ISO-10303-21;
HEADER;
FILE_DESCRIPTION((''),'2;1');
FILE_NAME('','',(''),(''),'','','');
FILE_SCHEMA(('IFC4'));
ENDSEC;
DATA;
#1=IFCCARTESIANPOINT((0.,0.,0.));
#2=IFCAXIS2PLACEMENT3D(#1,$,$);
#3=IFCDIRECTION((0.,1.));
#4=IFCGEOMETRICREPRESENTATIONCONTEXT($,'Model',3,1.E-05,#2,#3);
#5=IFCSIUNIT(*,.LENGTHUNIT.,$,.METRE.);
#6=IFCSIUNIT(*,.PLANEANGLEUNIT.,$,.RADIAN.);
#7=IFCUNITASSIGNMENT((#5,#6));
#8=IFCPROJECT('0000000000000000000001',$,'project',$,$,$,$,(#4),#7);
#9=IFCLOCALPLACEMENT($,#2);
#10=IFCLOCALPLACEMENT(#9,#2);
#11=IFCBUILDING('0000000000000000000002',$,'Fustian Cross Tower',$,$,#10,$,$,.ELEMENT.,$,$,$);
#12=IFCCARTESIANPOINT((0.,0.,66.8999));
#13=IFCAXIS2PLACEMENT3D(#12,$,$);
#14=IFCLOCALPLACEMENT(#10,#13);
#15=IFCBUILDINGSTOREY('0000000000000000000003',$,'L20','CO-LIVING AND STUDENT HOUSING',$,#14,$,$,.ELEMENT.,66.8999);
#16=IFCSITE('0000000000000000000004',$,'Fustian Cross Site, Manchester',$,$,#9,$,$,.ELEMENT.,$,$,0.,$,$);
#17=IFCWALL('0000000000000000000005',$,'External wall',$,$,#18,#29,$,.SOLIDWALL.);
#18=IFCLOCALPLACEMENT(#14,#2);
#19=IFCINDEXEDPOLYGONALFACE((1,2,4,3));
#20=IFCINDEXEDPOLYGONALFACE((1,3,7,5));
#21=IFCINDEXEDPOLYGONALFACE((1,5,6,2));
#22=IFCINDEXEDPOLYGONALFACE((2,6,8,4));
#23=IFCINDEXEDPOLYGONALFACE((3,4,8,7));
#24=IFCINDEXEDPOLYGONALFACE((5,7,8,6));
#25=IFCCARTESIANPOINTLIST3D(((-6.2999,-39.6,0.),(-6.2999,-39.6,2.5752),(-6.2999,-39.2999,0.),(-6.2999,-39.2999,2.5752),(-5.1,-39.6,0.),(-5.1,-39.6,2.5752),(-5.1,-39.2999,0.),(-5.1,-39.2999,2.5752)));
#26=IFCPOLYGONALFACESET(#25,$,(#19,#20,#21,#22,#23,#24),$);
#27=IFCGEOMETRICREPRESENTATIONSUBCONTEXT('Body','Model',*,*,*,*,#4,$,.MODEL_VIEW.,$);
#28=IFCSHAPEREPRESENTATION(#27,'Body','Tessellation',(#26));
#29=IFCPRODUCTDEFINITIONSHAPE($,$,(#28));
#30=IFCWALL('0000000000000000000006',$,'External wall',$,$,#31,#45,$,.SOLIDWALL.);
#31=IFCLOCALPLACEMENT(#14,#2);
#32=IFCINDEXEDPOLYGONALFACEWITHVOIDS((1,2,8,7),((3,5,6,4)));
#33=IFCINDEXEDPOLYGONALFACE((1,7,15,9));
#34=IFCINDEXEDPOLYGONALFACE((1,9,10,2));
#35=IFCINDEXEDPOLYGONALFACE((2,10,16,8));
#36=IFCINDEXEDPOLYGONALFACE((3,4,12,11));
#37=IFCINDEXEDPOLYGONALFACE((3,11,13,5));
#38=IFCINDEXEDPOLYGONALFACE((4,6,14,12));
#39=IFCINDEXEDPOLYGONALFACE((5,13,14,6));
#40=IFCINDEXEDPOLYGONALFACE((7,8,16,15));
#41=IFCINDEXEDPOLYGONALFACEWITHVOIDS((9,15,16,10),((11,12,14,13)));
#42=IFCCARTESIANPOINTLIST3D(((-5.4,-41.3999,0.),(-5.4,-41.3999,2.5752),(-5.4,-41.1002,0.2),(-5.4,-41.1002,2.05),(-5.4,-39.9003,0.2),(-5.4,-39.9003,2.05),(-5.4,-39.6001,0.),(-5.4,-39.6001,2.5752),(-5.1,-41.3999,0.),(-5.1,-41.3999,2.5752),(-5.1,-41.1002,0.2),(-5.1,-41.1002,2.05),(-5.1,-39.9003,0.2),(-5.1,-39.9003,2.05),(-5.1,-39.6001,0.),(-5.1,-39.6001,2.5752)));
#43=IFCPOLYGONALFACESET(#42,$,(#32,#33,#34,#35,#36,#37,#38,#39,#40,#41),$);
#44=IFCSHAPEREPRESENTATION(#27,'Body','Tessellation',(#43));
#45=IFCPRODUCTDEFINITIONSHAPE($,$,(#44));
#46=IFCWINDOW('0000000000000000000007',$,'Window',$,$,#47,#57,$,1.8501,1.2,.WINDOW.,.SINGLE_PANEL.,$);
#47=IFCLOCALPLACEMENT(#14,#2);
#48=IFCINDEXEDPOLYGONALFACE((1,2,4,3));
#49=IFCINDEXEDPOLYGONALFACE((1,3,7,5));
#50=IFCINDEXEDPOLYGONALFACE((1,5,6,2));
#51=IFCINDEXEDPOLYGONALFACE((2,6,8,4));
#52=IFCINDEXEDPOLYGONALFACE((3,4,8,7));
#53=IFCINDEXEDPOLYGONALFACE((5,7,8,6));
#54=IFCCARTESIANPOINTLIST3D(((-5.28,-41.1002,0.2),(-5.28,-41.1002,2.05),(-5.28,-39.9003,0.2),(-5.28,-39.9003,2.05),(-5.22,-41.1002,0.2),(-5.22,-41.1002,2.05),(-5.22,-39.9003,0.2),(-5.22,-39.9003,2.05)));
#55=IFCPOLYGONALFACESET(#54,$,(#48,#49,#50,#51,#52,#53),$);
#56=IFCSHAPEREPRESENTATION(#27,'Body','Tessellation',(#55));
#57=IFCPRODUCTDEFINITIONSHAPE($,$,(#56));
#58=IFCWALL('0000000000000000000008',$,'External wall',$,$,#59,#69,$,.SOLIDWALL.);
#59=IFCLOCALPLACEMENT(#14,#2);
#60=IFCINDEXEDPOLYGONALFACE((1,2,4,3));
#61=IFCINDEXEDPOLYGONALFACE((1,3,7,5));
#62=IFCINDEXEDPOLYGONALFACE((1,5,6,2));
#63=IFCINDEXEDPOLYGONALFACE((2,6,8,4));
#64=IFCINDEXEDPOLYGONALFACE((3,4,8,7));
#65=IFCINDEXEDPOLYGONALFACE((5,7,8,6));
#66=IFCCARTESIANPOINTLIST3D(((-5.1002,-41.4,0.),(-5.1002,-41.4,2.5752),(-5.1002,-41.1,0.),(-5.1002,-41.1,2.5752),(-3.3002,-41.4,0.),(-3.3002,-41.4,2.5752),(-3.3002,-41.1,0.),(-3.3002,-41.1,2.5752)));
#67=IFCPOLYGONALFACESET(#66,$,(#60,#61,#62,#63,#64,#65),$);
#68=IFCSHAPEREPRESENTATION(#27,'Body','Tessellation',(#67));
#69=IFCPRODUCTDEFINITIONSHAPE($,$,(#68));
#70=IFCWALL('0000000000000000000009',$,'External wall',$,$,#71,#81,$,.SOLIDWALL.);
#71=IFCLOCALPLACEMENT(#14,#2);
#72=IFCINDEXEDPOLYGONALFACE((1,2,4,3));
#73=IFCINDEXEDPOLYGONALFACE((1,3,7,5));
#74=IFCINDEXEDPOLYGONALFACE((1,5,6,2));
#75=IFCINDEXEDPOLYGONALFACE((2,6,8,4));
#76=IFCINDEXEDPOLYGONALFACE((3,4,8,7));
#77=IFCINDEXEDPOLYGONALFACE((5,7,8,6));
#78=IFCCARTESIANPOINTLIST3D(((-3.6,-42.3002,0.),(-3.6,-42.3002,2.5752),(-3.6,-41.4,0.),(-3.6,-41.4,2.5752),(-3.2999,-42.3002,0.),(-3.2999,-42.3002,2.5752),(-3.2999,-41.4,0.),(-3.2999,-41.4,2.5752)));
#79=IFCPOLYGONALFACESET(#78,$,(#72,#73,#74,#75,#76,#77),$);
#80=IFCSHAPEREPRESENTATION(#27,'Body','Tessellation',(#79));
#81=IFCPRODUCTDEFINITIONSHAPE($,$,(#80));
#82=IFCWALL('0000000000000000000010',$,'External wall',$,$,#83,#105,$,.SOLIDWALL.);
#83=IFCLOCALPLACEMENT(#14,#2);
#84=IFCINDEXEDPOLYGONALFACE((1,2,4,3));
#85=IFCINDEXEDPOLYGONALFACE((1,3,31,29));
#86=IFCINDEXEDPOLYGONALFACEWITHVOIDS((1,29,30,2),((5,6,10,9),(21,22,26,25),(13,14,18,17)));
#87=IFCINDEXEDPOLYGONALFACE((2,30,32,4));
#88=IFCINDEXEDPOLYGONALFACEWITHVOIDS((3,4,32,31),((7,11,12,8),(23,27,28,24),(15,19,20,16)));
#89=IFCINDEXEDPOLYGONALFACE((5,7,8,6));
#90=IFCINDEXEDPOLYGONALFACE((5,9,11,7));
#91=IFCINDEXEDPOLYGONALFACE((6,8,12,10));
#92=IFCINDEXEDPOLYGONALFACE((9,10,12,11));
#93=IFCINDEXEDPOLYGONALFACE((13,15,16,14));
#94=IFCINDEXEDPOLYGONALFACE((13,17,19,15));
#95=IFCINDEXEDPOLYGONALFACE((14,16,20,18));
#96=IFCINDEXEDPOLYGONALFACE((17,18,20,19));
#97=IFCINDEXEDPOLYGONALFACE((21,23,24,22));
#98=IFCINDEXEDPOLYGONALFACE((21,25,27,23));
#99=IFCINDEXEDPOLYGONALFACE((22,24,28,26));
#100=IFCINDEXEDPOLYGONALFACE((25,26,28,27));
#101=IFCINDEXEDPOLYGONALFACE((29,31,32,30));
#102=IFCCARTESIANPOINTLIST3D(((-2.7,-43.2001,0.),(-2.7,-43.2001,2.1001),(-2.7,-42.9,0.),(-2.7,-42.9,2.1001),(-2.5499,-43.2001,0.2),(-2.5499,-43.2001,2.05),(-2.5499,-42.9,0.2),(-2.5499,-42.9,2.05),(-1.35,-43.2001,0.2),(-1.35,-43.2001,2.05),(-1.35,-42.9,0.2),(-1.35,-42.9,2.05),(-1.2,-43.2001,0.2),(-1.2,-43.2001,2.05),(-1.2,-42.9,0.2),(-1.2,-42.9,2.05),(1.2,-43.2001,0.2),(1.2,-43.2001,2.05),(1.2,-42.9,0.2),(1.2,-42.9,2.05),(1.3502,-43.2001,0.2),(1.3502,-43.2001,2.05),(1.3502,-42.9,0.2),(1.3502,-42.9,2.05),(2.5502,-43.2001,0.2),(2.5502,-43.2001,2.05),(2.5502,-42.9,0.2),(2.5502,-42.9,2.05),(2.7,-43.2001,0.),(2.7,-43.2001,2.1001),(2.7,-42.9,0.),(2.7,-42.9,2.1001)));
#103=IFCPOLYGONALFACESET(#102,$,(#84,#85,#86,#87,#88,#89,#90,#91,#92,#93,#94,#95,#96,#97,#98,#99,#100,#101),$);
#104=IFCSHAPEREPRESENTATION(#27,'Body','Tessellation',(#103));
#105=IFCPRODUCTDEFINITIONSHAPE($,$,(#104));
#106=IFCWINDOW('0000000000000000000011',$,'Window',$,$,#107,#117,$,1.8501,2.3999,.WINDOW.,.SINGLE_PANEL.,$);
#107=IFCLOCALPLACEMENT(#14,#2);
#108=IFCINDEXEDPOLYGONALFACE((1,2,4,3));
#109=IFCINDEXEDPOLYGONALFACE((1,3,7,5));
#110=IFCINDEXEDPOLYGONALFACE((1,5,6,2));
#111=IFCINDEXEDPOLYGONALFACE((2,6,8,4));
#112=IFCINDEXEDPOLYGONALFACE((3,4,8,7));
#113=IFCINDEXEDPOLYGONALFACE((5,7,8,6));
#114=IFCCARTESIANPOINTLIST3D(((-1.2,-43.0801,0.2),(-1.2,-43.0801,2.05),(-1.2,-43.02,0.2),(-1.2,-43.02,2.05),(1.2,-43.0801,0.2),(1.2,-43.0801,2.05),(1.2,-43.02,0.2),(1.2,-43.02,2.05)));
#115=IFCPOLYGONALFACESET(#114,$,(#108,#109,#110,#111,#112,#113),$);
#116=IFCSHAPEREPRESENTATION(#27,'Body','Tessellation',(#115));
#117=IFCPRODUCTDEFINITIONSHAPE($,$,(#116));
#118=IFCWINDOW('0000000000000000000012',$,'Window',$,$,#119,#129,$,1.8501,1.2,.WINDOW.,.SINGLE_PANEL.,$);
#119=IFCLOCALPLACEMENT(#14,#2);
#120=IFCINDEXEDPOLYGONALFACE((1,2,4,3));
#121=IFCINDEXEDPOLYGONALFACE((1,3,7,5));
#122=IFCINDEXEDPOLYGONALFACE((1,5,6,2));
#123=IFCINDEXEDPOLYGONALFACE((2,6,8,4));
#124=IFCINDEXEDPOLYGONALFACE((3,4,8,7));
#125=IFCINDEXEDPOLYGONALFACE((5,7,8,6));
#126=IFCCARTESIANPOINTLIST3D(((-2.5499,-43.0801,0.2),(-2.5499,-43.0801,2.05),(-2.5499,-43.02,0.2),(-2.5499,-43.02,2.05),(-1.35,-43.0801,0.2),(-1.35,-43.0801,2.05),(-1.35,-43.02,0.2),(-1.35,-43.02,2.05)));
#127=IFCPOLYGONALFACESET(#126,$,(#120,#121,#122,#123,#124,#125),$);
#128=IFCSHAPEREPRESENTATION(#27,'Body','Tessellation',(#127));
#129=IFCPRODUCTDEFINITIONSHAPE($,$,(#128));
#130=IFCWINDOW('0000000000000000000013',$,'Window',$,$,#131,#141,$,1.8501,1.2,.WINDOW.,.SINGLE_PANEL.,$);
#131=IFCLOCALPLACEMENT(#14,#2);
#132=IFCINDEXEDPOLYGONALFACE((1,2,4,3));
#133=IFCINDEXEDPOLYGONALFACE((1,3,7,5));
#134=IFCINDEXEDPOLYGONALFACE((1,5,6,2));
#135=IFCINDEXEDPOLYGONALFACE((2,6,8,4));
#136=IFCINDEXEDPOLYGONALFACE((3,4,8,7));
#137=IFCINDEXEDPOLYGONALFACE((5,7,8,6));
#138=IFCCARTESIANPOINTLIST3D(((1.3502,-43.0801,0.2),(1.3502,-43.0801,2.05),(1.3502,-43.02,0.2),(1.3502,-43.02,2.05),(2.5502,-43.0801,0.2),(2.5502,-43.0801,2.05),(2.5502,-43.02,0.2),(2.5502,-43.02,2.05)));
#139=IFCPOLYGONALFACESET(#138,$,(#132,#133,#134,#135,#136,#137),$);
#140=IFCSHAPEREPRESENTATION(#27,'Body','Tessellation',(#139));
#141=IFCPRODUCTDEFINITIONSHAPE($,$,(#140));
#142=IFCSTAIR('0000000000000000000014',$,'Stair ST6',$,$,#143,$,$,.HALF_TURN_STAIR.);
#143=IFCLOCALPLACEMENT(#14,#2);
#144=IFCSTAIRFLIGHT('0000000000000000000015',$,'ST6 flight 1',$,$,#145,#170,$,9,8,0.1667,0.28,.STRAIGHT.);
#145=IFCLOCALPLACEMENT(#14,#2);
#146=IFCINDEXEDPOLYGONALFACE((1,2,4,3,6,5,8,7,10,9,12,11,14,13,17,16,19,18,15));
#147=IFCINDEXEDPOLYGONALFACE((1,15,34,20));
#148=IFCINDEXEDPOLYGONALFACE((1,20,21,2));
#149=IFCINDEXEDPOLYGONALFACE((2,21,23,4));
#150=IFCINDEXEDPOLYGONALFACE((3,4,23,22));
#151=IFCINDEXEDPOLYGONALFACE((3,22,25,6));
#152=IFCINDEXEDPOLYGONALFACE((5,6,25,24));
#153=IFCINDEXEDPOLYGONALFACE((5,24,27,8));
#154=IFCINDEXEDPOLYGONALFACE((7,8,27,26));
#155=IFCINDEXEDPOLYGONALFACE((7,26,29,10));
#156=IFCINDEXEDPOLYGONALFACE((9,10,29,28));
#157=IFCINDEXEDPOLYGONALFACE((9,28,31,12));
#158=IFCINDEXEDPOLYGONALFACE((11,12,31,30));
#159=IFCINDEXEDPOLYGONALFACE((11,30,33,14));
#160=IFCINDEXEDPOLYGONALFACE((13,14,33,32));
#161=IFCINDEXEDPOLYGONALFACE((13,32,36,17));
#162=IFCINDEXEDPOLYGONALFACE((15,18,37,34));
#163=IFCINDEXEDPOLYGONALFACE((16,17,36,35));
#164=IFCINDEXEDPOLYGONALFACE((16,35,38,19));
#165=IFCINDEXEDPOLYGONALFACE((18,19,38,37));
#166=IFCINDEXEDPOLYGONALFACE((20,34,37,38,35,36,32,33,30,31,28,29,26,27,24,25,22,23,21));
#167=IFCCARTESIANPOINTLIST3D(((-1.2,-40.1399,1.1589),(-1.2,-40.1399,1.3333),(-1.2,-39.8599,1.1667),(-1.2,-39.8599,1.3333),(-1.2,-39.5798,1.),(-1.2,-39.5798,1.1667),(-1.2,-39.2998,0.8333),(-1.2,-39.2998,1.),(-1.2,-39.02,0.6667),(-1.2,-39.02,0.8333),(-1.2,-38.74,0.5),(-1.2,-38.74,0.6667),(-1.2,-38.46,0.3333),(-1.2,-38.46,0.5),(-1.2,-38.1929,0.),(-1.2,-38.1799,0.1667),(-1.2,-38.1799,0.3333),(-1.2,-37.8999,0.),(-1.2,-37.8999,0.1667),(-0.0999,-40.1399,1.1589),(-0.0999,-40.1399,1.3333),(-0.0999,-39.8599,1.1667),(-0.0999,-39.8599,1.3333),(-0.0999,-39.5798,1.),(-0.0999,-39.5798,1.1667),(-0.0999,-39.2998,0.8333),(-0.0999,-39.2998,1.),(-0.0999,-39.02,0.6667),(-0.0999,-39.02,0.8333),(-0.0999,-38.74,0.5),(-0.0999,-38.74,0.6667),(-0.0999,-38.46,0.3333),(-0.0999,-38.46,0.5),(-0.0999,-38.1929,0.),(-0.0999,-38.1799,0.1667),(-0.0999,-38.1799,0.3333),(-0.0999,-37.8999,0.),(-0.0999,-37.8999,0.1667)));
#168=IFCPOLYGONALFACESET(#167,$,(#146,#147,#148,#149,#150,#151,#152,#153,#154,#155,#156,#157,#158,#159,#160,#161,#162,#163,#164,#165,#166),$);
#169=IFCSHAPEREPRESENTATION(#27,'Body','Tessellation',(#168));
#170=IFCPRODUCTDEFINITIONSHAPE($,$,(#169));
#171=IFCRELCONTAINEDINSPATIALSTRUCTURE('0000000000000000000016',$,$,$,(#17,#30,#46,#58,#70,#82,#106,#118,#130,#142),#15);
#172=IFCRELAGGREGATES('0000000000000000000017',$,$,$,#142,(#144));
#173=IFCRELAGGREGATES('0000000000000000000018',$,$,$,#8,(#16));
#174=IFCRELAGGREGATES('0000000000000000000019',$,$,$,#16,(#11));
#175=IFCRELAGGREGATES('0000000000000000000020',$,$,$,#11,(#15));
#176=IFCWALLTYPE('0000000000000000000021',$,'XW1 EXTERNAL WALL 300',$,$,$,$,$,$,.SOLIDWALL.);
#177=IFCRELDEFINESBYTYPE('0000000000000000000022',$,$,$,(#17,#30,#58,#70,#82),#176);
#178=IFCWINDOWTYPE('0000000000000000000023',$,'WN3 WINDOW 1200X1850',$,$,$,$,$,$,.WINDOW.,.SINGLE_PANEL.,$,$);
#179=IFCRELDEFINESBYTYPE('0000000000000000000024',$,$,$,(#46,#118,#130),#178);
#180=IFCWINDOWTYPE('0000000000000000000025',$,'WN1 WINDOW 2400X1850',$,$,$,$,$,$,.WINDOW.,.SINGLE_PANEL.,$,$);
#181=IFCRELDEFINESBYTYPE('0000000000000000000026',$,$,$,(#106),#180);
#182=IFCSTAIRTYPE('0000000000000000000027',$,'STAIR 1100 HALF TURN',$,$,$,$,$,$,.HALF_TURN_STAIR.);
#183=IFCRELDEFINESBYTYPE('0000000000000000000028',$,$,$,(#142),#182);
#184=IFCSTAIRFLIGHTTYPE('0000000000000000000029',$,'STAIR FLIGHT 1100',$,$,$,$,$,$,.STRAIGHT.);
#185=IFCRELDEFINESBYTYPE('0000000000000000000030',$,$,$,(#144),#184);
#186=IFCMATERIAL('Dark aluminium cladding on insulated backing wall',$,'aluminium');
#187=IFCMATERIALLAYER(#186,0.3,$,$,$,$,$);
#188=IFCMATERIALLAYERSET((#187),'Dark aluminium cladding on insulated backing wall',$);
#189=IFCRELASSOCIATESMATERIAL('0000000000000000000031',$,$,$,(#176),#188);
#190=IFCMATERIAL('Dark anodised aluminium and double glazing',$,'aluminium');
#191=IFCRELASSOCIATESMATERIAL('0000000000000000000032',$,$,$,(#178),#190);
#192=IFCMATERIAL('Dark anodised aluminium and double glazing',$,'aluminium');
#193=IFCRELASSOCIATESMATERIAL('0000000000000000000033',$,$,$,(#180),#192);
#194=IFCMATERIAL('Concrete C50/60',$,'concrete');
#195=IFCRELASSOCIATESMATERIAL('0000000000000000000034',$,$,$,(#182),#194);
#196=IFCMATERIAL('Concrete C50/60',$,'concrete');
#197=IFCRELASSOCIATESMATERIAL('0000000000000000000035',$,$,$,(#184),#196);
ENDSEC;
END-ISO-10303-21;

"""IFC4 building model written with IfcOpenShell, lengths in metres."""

from ifc_helpers import new_model, si_unit, direction, frame, frame_2d, origin, place, context, subcontext, project, spatial, polyline, rectangle, outline, extrude, material, layer, layer_set, type_object, element, fill, aggregate, save


model = new_model("IFC4")

# Units and contexts
model_context = context("Model", 3, precision=1e-05, world=origin(), true_north=direction((0.0, 1.0)))
body_context = subcontext(model_context, "Body", "Model", "MODEL_VIEW")
ifc_project = project(units=[si_unit("LENGTHUNIT", "METRE"), si_unit("PLANEANGLEUNIT", "RADIAN")], contexts=[model_context])

# Site, building, storey
site_placement = place(None, origin())
site = spatial("IfcSite", under=ifc_project, at=site_placement, Name="Fustian Cross Site, Manchester", CompositionType="ELEMENT", RefElevation=0.0)
building_placement = place(site_placement, origin())
building = spatial("IfcBuilding", under=site, at=building_placement, Name="Fustian Cross Tower", CompositionType="ELEMENT")
storey_placement = place(building_placement, frame((0.0, 0.0, 66.8999)))
storey = spatial("IfcBuildingStorey", under=building, at=storey_placement, Name="L20", Description="CO-LIVING AND STUDENT HOUSING", CompositionType="ELEMENT", Elevation=66.8999)

# Wall
ifc_material_1 = material(Name="Dark aluminium cladding on insulated backing wall", Category="aluminium")
ifc_layer_1 = layer(ifc_material_1, 0.3)
ifc_layer_set_1 = layer_set([ifc_layer_1], Name="Dark aluminium cladding on insulated backing wall")
wall_type_1 = type_object("IfcWallType", Name="XW1 EXTERNAL WALL 300", PredefinedType="SOLIDWALL", material=ifc_layer_set_1)
wall_1_placement = place(storey_placement, frame((-6.3, -39.45, 0.0), z_axis=(0.0, 0.0, 1.0), x_axis=(1.0, 0.0, 0.0)))
element("IfcWall", 1, at=wall_1_placement, inside=storey, type_object=wall_type_1, Name="External wall", PredefinedType="SOLIDWALL", context=body_context, shape_type="SweptSolid", body=[
    extrude(rectangle(XDim=1.2, YDim=0.3, at=frame_2d((0.6001, 0.0))), origin(), (0.0, 0.0, 1.0), 2.5752),
])

# Wall, opening, window
wall_2_placement = place(storey_placement, frame((-5.25, -39.6001, 0.0), z_axis=(0.0, 0.0, 1.0), x_axis=(0.0, -1.0, 0.0)))
wall_2 = element("IfcWall", 2, at=wall_2_placement, inside=storey, type_object=wall_type_1, Name="External wall", PredefinedType="SOLIDWALL", context=body_context, shape_type="SweptSolid", body=[
    extrude(rectangle(XDim=1.7998, YDim=0.3, at=frame_2d((0.8999, 0.0))), origin(), (0.0, 0.0, 1.0), 2.5752),
])
opening_1_placement = place(wall_2_placement, frame((0.3, 0.0, 0.2)))
opening_1 = element("IfcOpeningElement", 3, at=opening_1_placement, cuts=wall_2, PredefinedType="OPENING", context=body_context, shape_type="SweptSolid", body=[
    extrude(rectangle(XDim=1.2, YDim=1.8501, at=frame_2d((0.6001, 0.925))), frame((0.0, 0.1599, 0.0), z_axis=(0.0, -1.0, 0.0), x_axis=(1.0, 0.0, 0.0)), (0.0, 0.0, 1.0), 0.3201),
])
ifc_material_2 = material(Name="Dark anodised aluminium and double glazing", Category="aluminium")
window_type_1 = type_object("IfcWindowType", Name="WN3 WINDOW 1200X1850", PartitioningType="SINGLE_PANEL", PredefinedType="WINDOW", material=ifc_material_2)
window_1_placement = place(opening_1_placement, origin())
window_1 = element("IfcWindow", 4, at=window_1_placement, inside=storey, type_object=window_type_1, Name="Window", OverallHeight=1.8501, OverallWidth=1.2, PartitioningType="SINGLE_PANEL", PredefinedType="WINDOW", context=body_context, shape_type="SweptSolid", body=[
    extrude(rectangle(XDim=1.2, YDim=1.8501, at=frame_2d((0.6001, 0.925))), frame((0.0, 0.03, 0.0), z_axis=(0.0, -1.0, 0.0), x_axis=(1.0, 0.0, 0.0)), (0.0, 0.0, 1.0), 0.0601),
])
fill(opening_1, window_1)

# Walls
wall_3_placement = place(storey_placement, frame((-5.1001, -41.25, 0.0), z_axis=(0.0, 0.0, 1.0), x_axis=(1.0, 0.0, 0.0)))
element("IfcWall", 5, at=wall_3_placement, inside=storey, type_object=wall_type_1, Name="External wall", PredefinedType="SOLIDWALL", context=body_context, shape_type="SweptSolid", body=[
    extrude(rectangle(XDim=1.8, YDim=0.3, at=frame_2d((0.8999, 0.0))), origin(), (0.0, 0.0, 1.0), 2.5752),
])
wall_4_placement = place(storey_placement, frame((-3.45, -41.3999, 0.0), z_axis=(0.0, 0.0, 1.0), x_axis=(0.0, -1.0, 0.0)))
element("IfcWall", 6, at=wall_4_placement, inside=storey, type_object=wall_type_1, Name="External wall", PredefinedType="SOLIDWALL", context=body_context, shape_type="SweptSolid", body=[
    extrude(rectangle(XDim=0.9001, YDim=0.3, at=frame_2d((0.4502, 0.0))), origin(), (0.0, 0.0, 1.0), 2.5752),
])

# Wall, openings, windows
wall_5_placement = place(storey_placement, frame((-2.7, -43.05, 0.0), z_axis=(0.0, 0.0, 1.0), x_axis=(1.0, 0.0, 0.0)))
wall_5 = element("IfcWall", 7, at=wall_5_placement, inside=storey, type_object=wall_type_1, Name="External wall", PredefinedType="SOLIDWALL", context=body_context, shape_type="SweptSolid", body=[
    extrude(rectangle(XDim=5.3999, YDim=0.3, at=frame_2d((2.7, 0.0))), origin(), (0.0, 0.0, 1.0), 2.1001),
])
opening_2_placement = place(wall_5_placement, frame((1.5, 0.0, 0.2)))
opening_2 = element("IfcOpeningElement", 8, at=opening_2_placement, cuts=wall_5, PredefinedType="OPENING", context=body_context, shape_type="SweptSolid", body=[
    extrude(rectangle(XDim=2.3999, YDim=1.8501, at=frame_2d((1.2, 0.925))), frame((0.0, 0.1599, 0.0), z_axis=(0.0, -1.0, 0.0), x_axis=(1.0, 0.0, 0.0)), (0.0, 0.0, 1.0), 0.3201),
])
opening_3_placement = place(wall_5_placement, frame((0.1499, 0.0, 0.2)))
opening_3 = element("IfcOpeningElement", 9, at=opening_3_placement, cuts=wall_5, PredefinedType="OPENING", context=body_context, shape_type="SweptSolid", body=[
    extrude(rectangle(XDim=1.2, YDim=1.8501, at=frame_2d((0.6001, 0.925))), frame((0.0, 0.1599, 0.0), z_axis=(0.0, -1.0, 0.0), x_axis=(1.0, 0.0, 0.0)), (0.0, 0.0, 1.0), 0.3201),
])
opening_4_placement = place(wall_5_placement, frame((4.05, 0.0, 0.2)))
opening_4 = element("IfcOpeningElement", 10, at=opening_4_placement, cuts=wall_5, PredefinedType="OPENING", context=body_context, shape_type="SweptSolid", body=[
    extrude(rectangle(XDim=1.2, YDim=1.8501, at=frame_2d((0.6001, 0.925))), frame((0.0, 0.1599, 0.0), z_axis=(0.0, -1.0, 0.0), x_axis=(1.0, 0.0, 0.0)), (0.0, 0.0, 1.0), 0.3201),
])
ifc_material_3 = material(Name="Dark anodised aluminium and double glazing", Category="aluminium")
window_type_2 = type_object("IfcWindowType", Name="WN1 WINDOW 2400X1850", PartitioningType="SINGLE_PANEL", PredefinedType="WINDOW", material=ifc_material_3)
window_2_placement = place(opening_2_placement, origin())
window_2 = element("IfcWindow", 11, at=window_2_placement, inside=storey, type_object=window_type_2, Name="Window", OverallHeight=1.8501, OverallWidth=2.3999, PartitioningType="SINGLE_PANEL", PredefinedType="WINDOW", context=body_context, shape_type="SweptSolid", body=[
    extrude(rectangle(XDim=2.3999, YDim=1.8501, at=frame_2d((1.2, 0.925))), frame((0.0, 0.03, 0.0), z_axis=(0.0, -1.0, 0.0), x_axis=(1.0, 0.0, 0.0)), (0.0, 0.0, 1.0), 0.0601),
])
fill(opening_2, window_2)
window_3_placement = place(opening_3_placement, origin())
window_3 = element("IfcWindow", 12, at=window_3_placement, inside=storey, type_object=window_type_1, Name="Window", OverallHeight=1.8501, OverallWidth=1.2, PartitioningType="SINGLE_PANEL", PredefinedType="WINDOW", context=body_context, shape_type="SweptSolid", body=[
    extrude(rectangle(XDim=1.2, YDim=1.8501, at=frame_2d((0.6001, 0.925))), frame((0.0, 0.03, 0.0), z_axis=(0.0, -1.0, 0.0), x_axis=(1.0, 0.0, 0.0)), (0.0, 0.0, 1.0), 0.0601),
])
fill(opening_3, window_3)
window_4_placement = place(opening_4_placement, origin())
window_4 = element("IfcWindow", 13, at=window_4_placement, inside=storey, type_object=window_type_1, Name="Window", OverallHeight=1.8501, OverallWidth=1.2, PartitioningType="SINGLE_PANEL", PredefinedType="WINDOW", context=body_context, shape_type="SweptSolid", body=[
    extrude(rectangle(XDim=1.2, YDim=1.8501, at=frame_2d((0.6001, 0.925))), frame((0.0, 0.03, 0.0), z_axis=(0.0, -1.0, 0.0), x_axis=(1.0, 0.0, 0.0)), (0.0, 0.0, 1.0), 0.0601),
])
fill(opening_4, window_4)

# Stair, stair flight
ifc_material_4 = material(Name="Concrete C50/60", Category="concrete")
stair_type = type_object("IfcStairType", Name="STAIR 1100 HALF TURN", PredefinedType="HALF_TURN_STAIR", material=ifc_material_4)
stair_placement = place(storey_placement, origin())
stair = element("IfcStair", 14, at=stair_placement, inside=storey, type_object=stair_type, Name="Stair ST6", PredefinedType="HALF_TURN_STAIR")
ifc_material_5 = material(Name="Concrete C50/60", Category="concrete")
stair_flight_type = type_object("IfcStairFlightType", Name="STAIR FLIGHT 1100", PredefinedType="STRAIGHT", material=ifc_material_5)
stair_flight_placement = place(storey_placement, frame((-0.6499, -37.8999, 0.0), z_axis=(0.0, 0.0, 1.0), x_axis=(0.0, -1.0, 0.0)))
stair_flight = element("IfcStairFlight", 15, at=stair_flight_placement, type_object=stair_flight_type, Name="ST6 flight 1", NumberOfRisers=9, NumberOfTreads=8, PredefinedType="STRAIGHT", RiserHeight=0.1667, TreadLength=0.28, context=body_context, shape_type="SweptSolid", body=[
    extrude(outline(polyline([(0.0, 0.0), (0.0, 0.1667), (0.28, 0.1667), (0.28, 0.3333), (0.5601, 0.3333), (0.5601, 0.5), (0.8401, 0.5), (0.8401, 0.6667), (1.1201, 0.6667), (1.1201, 0.8333), (1.3999, 0.8333), (1.3999, 1.0), (1.6799, 1.0), (1.6799, 1.1667), (1.96, 1.1667), (1.96, 1.3333), (2.24, 1.3333), (2.24, 1.5), (2.24, 1.1589), (0.293, 0.0), (0.0, 0.0)])), frame((0.0, 0.55, 0.0), z_axis=(0.0, -1.0, 0.0), x_axis=(1.0, 0.0, 0.0)), (0.0, 0.0, 1.0), 1.1001),
])
aggregate(stair, [stair_flight])

save(model, "model.ifc")
